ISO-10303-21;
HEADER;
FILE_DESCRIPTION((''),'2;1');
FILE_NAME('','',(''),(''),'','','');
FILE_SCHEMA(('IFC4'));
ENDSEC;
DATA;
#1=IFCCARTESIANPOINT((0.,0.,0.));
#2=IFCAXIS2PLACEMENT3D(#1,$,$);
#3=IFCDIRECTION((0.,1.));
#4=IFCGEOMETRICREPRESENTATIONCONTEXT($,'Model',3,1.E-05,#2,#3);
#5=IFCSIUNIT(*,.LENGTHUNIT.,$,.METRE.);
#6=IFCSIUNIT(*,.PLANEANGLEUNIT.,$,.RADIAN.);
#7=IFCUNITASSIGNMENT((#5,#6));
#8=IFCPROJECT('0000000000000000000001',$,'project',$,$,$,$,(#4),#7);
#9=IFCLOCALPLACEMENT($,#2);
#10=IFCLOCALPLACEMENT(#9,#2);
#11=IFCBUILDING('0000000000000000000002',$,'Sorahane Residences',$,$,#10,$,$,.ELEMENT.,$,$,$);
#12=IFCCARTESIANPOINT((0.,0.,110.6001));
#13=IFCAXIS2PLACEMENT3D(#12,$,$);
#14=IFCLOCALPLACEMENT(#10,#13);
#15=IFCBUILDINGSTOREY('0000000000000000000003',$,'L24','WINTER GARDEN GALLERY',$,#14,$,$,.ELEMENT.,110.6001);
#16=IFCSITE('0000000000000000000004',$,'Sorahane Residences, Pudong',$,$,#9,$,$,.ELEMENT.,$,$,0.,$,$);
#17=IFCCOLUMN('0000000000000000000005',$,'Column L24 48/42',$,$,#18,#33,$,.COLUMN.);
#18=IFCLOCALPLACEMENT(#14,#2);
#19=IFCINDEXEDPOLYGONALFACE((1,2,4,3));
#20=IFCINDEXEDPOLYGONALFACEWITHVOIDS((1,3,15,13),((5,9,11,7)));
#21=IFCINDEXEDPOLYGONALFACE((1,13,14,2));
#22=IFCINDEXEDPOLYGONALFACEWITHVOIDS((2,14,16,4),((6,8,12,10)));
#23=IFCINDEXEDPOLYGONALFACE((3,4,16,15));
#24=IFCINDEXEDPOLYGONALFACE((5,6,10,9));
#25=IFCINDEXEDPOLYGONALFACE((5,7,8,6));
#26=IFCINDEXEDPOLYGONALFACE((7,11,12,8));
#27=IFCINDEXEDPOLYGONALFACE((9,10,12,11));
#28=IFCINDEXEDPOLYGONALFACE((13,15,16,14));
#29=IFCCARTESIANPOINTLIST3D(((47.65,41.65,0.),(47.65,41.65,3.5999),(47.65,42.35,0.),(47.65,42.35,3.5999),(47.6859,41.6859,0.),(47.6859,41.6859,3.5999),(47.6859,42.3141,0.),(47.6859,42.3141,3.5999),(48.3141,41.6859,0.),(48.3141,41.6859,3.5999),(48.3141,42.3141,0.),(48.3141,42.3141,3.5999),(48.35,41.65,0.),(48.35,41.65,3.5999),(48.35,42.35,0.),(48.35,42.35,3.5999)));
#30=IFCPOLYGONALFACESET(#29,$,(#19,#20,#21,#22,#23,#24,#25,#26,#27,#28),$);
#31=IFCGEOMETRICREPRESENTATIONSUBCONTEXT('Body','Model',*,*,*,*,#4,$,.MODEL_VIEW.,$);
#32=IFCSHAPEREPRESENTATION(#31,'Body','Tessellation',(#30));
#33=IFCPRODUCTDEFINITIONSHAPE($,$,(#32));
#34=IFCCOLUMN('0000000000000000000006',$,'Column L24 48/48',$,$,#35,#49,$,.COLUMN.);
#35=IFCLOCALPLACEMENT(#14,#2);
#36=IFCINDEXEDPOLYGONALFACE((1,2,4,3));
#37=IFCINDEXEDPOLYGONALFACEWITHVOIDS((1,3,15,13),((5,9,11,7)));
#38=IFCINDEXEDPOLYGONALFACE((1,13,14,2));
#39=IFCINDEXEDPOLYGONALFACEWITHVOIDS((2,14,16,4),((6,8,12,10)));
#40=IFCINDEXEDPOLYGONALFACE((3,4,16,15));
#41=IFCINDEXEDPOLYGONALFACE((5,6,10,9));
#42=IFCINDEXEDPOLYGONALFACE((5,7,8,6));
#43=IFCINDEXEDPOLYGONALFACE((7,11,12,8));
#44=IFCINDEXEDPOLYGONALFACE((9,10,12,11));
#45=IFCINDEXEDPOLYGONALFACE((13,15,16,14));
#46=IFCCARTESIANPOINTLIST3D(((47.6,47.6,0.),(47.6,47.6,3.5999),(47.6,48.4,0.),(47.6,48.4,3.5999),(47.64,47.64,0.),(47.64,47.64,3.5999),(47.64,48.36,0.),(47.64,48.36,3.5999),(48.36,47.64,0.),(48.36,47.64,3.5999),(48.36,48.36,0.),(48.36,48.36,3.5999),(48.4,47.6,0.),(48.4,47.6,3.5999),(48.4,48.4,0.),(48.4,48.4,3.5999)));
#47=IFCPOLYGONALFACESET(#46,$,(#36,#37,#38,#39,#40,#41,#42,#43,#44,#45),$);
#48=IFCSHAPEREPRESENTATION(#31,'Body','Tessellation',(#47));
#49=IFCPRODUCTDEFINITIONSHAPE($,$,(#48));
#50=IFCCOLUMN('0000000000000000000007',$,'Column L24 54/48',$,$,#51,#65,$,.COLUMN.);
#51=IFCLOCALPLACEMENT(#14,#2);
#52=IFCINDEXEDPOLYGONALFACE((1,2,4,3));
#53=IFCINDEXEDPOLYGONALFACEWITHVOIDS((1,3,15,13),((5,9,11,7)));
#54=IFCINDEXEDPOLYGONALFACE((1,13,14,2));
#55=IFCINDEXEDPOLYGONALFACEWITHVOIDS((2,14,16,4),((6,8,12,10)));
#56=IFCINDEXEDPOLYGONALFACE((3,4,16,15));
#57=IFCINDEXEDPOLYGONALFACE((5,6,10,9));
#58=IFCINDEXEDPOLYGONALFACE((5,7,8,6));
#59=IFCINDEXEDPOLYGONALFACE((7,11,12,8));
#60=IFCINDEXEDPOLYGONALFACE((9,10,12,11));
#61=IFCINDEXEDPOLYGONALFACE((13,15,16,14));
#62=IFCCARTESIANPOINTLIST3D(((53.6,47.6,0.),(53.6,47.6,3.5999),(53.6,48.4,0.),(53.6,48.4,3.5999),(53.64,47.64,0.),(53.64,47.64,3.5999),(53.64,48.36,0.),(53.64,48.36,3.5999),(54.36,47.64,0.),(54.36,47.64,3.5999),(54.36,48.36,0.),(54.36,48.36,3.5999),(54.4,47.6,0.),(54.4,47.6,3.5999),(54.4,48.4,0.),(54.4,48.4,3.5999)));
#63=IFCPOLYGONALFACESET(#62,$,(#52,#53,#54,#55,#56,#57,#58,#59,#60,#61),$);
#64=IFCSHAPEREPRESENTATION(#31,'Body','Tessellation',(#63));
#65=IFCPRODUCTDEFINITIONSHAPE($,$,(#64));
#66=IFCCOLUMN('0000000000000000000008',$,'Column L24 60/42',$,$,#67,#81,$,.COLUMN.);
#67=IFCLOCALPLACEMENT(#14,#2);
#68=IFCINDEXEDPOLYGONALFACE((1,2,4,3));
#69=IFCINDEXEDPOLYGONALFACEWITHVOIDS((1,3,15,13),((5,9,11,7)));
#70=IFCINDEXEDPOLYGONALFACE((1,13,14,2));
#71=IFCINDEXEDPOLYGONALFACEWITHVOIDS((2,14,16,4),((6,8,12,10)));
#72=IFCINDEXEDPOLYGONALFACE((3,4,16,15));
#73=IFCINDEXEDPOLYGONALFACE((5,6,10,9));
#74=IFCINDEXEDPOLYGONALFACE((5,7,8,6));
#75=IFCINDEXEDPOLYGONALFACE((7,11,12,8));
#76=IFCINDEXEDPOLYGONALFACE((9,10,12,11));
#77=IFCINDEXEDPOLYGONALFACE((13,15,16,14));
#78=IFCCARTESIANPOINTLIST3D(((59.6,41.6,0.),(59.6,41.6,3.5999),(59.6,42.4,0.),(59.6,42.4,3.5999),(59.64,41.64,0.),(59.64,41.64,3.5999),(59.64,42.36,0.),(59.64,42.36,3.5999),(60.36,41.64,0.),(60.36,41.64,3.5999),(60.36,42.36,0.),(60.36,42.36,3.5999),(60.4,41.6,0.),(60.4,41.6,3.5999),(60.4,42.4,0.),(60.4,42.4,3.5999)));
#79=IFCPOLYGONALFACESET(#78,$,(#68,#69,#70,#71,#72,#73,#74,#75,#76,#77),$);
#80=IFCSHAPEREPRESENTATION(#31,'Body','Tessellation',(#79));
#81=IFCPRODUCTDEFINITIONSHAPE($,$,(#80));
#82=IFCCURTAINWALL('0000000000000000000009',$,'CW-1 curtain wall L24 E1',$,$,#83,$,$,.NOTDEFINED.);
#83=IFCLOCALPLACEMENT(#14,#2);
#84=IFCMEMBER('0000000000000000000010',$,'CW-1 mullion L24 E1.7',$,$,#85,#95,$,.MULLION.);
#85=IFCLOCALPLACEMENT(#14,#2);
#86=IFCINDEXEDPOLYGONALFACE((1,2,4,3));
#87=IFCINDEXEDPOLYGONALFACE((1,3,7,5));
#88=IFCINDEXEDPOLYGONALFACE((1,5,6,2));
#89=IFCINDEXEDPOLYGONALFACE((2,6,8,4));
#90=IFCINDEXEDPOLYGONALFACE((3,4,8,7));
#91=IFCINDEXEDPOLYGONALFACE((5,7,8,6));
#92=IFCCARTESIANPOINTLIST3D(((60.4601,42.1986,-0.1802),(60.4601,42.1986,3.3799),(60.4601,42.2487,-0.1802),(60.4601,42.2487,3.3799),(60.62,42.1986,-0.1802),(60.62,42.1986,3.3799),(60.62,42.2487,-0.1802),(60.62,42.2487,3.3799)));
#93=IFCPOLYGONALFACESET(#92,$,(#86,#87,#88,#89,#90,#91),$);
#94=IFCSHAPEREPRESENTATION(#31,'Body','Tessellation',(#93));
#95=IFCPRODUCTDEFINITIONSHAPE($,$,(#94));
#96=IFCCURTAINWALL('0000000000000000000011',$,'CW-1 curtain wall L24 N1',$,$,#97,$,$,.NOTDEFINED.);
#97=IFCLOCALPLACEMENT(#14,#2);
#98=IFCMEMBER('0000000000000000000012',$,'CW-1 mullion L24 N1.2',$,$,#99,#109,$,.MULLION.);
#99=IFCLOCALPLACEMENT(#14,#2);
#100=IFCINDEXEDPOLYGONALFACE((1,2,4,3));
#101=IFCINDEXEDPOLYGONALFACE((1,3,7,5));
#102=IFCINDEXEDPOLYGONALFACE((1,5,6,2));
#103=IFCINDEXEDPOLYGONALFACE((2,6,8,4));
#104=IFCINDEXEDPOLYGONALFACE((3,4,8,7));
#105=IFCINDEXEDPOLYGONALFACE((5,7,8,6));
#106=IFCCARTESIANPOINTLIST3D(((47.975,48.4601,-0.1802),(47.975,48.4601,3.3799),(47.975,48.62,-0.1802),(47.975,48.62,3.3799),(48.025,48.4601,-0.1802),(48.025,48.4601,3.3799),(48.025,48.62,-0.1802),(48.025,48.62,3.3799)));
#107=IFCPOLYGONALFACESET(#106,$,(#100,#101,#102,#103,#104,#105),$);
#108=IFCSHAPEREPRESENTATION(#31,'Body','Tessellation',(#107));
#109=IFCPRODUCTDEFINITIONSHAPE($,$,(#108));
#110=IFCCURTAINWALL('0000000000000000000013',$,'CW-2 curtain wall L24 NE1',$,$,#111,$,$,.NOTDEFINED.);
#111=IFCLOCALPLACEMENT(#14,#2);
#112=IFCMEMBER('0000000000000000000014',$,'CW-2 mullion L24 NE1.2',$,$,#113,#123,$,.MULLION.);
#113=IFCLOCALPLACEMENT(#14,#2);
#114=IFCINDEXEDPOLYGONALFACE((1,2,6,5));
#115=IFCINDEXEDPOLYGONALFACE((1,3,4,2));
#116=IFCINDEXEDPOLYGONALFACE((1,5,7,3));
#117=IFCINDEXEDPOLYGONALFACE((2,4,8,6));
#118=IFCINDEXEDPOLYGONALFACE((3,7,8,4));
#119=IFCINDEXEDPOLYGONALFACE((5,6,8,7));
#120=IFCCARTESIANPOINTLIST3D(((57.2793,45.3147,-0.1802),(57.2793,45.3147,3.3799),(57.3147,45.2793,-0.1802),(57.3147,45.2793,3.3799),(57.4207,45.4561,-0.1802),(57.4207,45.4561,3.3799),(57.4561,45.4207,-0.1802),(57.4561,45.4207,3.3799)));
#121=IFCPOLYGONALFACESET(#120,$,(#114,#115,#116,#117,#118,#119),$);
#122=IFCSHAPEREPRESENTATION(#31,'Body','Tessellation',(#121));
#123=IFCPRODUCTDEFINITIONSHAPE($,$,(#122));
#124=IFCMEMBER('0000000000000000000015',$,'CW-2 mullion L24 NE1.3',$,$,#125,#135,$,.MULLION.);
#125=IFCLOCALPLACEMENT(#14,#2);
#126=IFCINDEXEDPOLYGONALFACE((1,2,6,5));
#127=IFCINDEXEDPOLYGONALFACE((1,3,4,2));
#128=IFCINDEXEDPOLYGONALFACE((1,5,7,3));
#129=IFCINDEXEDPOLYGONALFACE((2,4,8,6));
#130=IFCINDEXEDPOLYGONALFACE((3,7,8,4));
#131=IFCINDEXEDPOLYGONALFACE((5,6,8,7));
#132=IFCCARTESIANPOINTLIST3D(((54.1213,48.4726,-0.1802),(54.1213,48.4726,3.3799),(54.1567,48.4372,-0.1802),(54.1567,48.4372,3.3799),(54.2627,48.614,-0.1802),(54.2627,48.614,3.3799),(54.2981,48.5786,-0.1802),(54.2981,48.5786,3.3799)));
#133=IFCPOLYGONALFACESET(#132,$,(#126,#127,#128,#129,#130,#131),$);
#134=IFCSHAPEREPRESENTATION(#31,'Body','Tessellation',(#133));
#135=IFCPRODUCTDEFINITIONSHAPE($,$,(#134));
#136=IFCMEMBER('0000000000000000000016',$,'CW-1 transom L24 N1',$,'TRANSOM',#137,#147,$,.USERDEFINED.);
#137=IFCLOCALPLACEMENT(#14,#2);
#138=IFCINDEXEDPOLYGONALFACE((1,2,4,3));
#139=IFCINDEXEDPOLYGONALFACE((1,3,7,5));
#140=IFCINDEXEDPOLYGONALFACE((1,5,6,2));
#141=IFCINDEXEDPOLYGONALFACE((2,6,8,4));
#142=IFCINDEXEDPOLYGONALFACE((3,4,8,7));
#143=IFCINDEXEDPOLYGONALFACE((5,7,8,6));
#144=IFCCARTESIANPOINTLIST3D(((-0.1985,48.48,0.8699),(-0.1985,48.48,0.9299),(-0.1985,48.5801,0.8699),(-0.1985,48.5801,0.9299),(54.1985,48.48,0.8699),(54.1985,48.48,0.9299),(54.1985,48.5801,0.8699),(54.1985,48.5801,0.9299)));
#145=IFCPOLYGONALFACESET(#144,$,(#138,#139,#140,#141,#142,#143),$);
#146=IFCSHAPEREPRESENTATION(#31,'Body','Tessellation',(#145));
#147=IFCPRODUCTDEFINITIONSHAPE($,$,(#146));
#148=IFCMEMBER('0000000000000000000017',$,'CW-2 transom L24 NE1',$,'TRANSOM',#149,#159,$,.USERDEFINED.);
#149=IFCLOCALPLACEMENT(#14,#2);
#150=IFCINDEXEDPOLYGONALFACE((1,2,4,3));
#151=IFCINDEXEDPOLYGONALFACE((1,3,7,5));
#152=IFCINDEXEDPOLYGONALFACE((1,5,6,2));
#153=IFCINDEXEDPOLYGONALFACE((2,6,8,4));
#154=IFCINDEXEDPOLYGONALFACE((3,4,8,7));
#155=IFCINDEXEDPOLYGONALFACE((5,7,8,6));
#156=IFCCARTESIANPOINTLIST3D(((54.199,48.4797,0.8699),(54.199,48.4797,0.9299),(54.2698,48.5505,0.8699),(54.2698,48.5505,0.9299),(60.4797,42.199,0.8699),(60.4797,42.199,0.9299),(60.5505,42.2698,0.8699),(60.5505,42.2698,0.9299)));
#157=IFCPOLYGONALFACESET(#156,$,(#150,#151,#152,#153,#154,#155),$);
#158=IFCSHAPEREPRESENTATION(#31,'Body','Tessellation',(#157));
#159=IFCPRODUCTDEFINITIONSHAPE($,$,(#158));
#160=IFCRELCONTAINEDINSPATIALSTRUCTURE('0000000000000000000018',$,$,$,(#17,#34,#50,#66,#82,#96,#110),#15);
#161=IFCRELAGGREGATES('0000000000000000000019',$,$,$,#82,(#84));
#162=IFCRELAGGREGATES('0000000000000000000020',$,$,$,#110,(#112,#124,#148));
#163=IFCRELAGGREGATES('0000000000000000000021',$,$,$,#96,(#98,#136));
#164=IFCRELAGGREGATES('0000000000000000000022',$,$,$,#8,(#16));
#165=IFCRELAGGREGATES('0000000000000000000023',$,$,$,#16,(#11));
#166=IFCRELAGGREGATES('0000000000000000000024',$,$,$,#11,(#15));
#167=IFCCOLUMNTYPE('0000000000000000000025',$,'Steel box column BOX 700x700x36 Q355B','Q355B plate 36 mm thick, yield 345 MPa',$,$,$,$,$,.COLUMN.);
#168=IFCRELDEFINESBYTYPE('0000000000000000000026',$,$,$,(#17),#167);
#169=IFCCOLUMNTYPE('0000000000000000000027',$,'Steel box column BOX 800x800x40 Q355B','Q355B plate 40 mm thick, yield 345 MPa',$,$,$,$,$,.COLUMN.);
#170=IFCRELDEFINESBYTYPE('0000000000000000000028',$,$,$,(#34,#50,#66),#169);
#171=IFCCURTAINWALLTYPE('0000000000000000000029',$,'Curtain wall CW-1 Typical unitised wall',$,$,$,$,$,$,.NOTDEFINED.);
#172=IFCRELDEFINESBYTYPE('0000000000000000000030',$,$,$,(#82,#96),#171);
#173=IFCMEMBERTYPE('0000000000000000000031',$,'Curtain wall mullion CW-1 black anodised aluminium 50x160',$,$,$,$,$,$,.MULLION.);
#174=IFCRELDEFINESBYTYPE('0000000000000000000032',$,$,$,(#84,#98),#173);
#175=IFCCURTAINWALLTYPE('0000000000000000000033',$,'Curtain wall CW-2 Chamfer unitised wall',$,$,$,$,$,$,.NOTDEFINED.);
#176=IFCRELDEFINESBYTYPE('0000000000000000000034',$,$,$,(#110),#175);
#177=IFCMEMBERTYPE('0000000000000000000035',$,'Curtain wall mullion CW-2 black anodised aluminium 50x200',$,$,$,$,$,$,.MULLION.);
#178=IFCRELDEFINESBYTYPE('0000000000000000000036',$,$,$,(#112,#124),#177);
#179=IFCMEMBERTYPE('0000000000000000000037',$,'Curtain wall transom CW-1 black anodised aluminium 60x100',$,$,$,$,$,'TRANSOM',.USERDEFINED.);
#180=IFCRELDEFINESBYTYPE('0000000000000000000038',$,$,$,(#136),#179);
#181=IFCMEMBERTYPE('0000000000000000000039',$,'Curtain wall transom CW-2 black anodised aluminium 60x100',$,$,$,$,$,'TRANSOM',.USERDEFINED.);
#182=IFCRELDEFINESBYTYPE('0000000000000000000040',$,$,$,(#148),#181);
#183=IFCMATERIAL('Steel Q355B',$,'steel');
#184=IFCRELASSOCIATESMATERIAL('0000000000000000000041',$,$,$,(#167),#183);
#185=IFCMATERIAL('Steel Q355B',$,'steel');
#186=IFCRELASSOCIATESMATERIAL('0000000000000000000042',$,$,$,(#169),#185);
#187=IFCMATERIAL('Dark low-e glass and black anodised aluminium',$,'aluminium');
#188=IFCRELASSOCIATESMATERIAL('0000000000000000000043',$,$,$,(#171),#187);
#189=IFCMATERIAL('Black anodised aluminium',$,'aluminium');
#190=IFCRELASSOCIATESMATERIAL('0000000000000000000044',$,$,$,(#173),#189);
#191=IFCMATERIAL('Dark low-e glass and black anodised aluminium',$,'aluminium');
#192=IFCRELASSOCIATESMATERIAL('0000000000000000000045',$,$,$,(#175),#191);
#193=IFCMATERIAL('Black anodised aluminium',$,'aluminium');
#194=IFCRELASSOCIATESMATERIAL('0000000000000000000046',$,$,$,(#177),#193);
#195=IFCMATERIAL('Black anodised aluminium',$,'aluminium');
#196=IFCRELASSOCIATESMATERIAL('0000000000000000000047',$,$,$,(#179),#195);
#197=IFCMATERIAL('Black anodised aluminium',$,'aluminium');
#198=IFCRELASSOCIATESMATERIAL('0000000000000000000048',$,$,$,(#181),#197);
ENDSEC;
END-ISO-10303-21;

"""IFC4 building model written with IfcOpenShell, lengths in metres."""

from ifc_helpers import new_model, si_unit, direction, frame, origin, origin_2d, place, context, subcontext, project, spatial, rectangle, hollow_rectangle, extrude, material, material_profile, profile_set, type_object, element, aggregate, save


model = new_model("IFC4")

# Units and contexts
model_context = context("Model", 3, precision=1e-05, world=origin(), true_north=direction((0.0, 1.0)))
body_context = subcontext(model_context, "Body", "Model", "MODEL_VIEW")
ifc_project = project(units=[si_unit("LENGTHUNIT", "METRE"), si_unit("PLANEANGLEUNIT", "RADIAN")], contexts=[model_context])

# Site, building, storey
site_placement = place(None, origin())
site = spatial("IfcSite", under=ifc_project, at=site_placement, Name="Sorahane Residences, Pudong", CompositionType="ELEMENT", RefElevation=0.0)
building_placement = place(site_placement, origin())
building = spatial("IfcBuilding", under=site, at=building_placement, Name="Sorahane Residences", CompositionType="ELEMENT")
storey_placement = place(building_placement, frame((0.0, 0.0, 110.6001)))
storey = spatial("IfcBuildingStorey", under=building, at=storey_placement, Name="L24", Description="WINTER GARDEN GALLERY", CompositionType="ELEMENT", Elevation=110.6001)

# Columns
ifc_material_1 = material(Name="Steel Q355B", Category="steel")
ifc_material_profile_1 = material_profile(ifc_material_1, hollow_rectangle(XDim=0.7, YDim=0.7, WallThickness=0.0359, at=origin_2d()), Name="BOX 700x700x36")
ifc_profile_set_1 = profile_set([ifc_material_profile_1], Name="Steel Q355B")
column_type_1 = type_object("IfcColumnType", Name="Steel box column BOX 700x700x36 Q355B", Description="Q355B plate 36 mm thick, yield 345 MPa", PredefinedType="COLUMN", material=ifc_profile_set_1)
column_placement = place(storey_placement, frame((48.0, 42.0, 0.0), z_axis=(0.0, 0.0, 1.0), x_axis=(1.0, 0.0, 0.0)))
element("IfcColumn", 1, at=column_placement, inside=storey, type_object=column_type_1, Name="Column L24 48/42", PredefinedType="COLUMN", context=body_context, shape_type="SweptSolid", body=[
    extrude(hollow_rectangle(XDim=0.7, YDim=0.7, WallThickness=0.0359, at=origin_2d()), origin(), (0.0, 0.0, 1.0), 3.5999),
])
ifc_material_2 = material(Name="Steel Q355B", Category="steel")
ifc_material_profile_2 = material_profile(ifc_material_2, hollow_rectangle(XDim=0.8, YDim=0.8, WallThickness=0.04, at=origin_2d()), Name="BOX 800x800x40")
ifc_profile_set_2 = profile_set([ifc_material_profile_2], Name="Steel Q355B")
column_type_2 = type_object("IfcColumnType", Name="Steel box column BOX 800x800x40 Q355B", Description="Q355B plate 40 mm thick, yield 345 MPa", PredefinedType="COLUMN", material=ifc_profile_set_2)
for number, where, z_axis, x_axis, name in (
    (2, (48.0, 48.0, 0.0), (0.0, 0.0, 1.0), (1.0, 0.0, 0.0), "Column L24 48/48"),
    (3, (54.0, 48.0, 0.0), (0.0, 0.0, 1.0), (1.0, 0.0, 0.0), "Column L24 54/48"),
    (4, (60.0, 42.0, 0.0), (0.0, 0.0, 1.0), (1.0, 0.0, 0.0), "Column L24 60/42"),
):
    element("IfcColumn", number, at=place(storey_placement, frame(where, z_axis=z_axis, x_axis=x_axis)), inside=storey, type_object=column_type_2, Name=name, PredefinedType="COLUMN", context=body_context, shape_type="SweptSolid", body=[
        extrude(hollow_rectangle(XDim=0.8, YDim=0.8, WallThickness=0.04, at=origin_2d()), origin(), (0.0, 0.0, 1.0), 3.5999),
    ])

# Curtain walls, members
ifc_material_3 = material(Name="Dark low-e glass and black anodised aluminium", Category="aluminium")
curtain_wall_type_1 = type_object("IfcCurtainWallType", Name="Curtain wall CW-1 Typical unitised wall", PredefinedType="NOTDEFINED", material=ifc_material_3)
curtain_wall_1_placement = place(storey_placement, origin())
curtain_wall_1 = element("IfcCurtainWall", 5, at=curtain_wall_1_placement, inside=storey, type_object=curtain_wall_type_1, Name="CW-1 curtain wall L24 E1", PredefinedType="NOTDEFINED")
ifc_material_4 = material(Name="Black anodised aluminium", Category="aluminium")
ifc_material_profile_3 = material_profile(ifc_material_4, rectangle(XDim=0.1599, YDim=0.05, at=origin_2d()), Name="Curtain wall mullion CW-1 black anodised aluminium 50x160")
ifc_profile_set_3 = profile_set([ifc_material_profile_3], Name="Black anodised aluminium")
member_type_1 = type_object("IfcMemberType", Name="Curtain wall mullion CW-1 black anodised aluminium 50x160", PredefinedType="MULLION", material=ifc_profile_set_3)
member_1_placement = place(storey_placement, frame((60.54, 42.2236, -0.1802), z_axis=(0.0, 0.0, 1.0), x_axis=(1.0, 0.0, 0.0)))
member_1 = element("IfcMember", 6, at=member_1_placement, type_object=member_type_1, Name="CW-1 mullion L24 E1.7", PredefinedType="MULLION", context=body_context, shape_type="SweptSolid", body=[
    extrude(rectangle(XDim=0.1599, YDim=0.05, at=origin_2d()), origin(), (0.0, 0.0, 1.0), 3.5601),
])
curtain_wall_2_placement = place(storey_placement, origin())
curtain_wall_2 = element("IfcCurtainWall", 7, at=curtain_wall_2_placement, inside=storey, type_object=curtain_wall_type_1, Name="CW-1 curtain wall L24 N1", PredefinedType="NOTDEFINED")
member_2_placement = place(storey_placement, frame((48.0, 48.54, -0.1802), z_axis=(0.0, 0.0, 1.0), x_axis=(0.0, 1.0, 0.0)))
member_2 = element("IfcMember", 8, at=member_2_placement, type_object=member_type_1, Name="CW-1 mullion L24 N1.2", PredefinedType="MULLION", context=body_context, shape_type="SweptSolid", body=[
    extrude(rectangle(XDim=0.1599, YDim=0.05, at=origin_2d()), origin(), (0.0, 0.0, 1.0), 3.5601),
])

# Curtain wall, members
ifc_material_5 = material(Name="Dark low-e glass and black anodised aluminium", Category="aluminium")
curtain_wall_type_2 = type_object("IfcCurtainWallType", Name="Curtain wall CW-2 Chamfer unitised wall", PredefinedType="NOTDEFINED", material=ifc_material_5)
curtain_wall_3_placement = place(storey_placement, origin())
curtain_wall_3 = element("IfcCurtainWall", 9, at=curtain_wall_3_placement, inside=storey, type_object=curtain_wall_type_2, Name="CW-2 curtain wall L24 NE1", PredefinedType="NOTDEFINED")
ifc_material_6 = material(Name="Black anodised aluminium", Category="aluminium")
ifc_material_profile_4 = material_profile(ifc_material_6, rectangle(XDim=0.2, YDim=0.05, at=origin_2d()), Name="Curtain wall mullion CW-2 black anodised aluminium 50x200")
ifc_profile_set_4 = profile_set([ifc_material_profile_4], Name="Black anodised aluminium")
member_type_2 = type_object("IfcMemberType", Name="Curtain wall mullion CW-2 black anodised aluminium 50x200", PredefinedType="MULLION", material=ifc_profile_set_4)
member_3_placement = place(storey_placement, frame((57.3677, 45.3677, -0.1802), z_axis=(0.0, 0.0, 1.0), x_axis=(0.707107, 0.707107, 0.0)))
member_3 = element("IfcMember", 10, at=member_3_placement, type_object=member_type_2, Name="CW-2 mullion L24 NE1.2", PredefinedType="MULLION", context=body_context, shape_type="SweptSolid", body=[
    extrude(rectangle(XDim=0.2, YDim=0.05, at=origin_2d()), origin(), (0.0, 0.0, 1.0), 3.5601),
])
member_4_placement = place(storey_placement, frame((54.2097, 48.5256, -0.1802), z_axis=(0.0, 0.0, 1.0), x_axis=(0.707107, 0.707107, 0.0)))
member_4 = element("IfcMember", 11, at=member_4_placement, type_object=member_type_2, Name="CW-2 mullion L24 NE1.3", PredefinedType="MULLION", context=body_context, shape_type="SweptSolid", body=[
    extrude(rectangle(XDim=0.2, YDim=0.05, at=origin_2d()), origin(), (0.0, 0.0, 1.0), 3.5601),
])

# Members
ifc_material_7 = material(Name="Black anodised aluminium", Category="aluminium")
ifc_material_profile_5 = material_profile(ifc_material_7, rectangle(XDim=0.1001, YDim=0.0601, at=origin_2d()), Name="Curtain wall transom CW-1 black anodised aluminium 60x100")
ifc_profile_set_5 = profile_set([ifc_material_profile_5], Name="Black anodised aluminium")
member_type_3 = type_object("IfcMemberType", Name="Curtain wall transom CW-1 black anodised aluminium 60x100", ElementType="TRANSOM", PredefinedType="USERDEFINED", material=ifc_profile_set_5)
member_5_placement = place(storey_placement, frame((54.1985, 48.53, 0.8999), z_axis=(-1.0, 0.0, 0.0), x_axis=(0.0, -1.0, 0.0)))
member_5 = element("IfcMember", 12, at=member_5_placement, type_object=member_type_3, Name="CW-1 transom L24 N1", ObjectType="TRANSOM", PredefinedType="USERDEFINED", context=body_context, shape_type="SweptSolid", body=[
    extrude(rectangle(XDim=0.1001, YDim=0.0601, at=origin_2d()), origin(), (0.0, 0.0, 1.0), 54.397),
])
ifc_material_8 = material(Name="Black anodised aluminium", Category="aluminium")
ifc_material_profile_6 = material_profile(ifc_material_8, rectangle(XDim=0.1001, YDim=0.0601, at=origin_2d()), Name="Curtain wall transom CW-2 black anodised aluminium 60x100")
ifc_profile_set_6 = profile_set([ifc_material_profile_6], Name="Black anodised aluminium")
member_type_4 = type_object("IfcMemberType", Name="Curtain wall transom CW-2 black anodised aluminium 60x100", ElementType="TRANSOM", PredefinedType="USERDEFINED", material=ifc_profile_set_6)
member_6_placement = place(storey_placement, frame((60.5151, 42.2344, 0.8999), z_axis=(-0.707107, 0.707107, 0.0), x_axis=(-0.707107, -0.707107, 0.0)))
member_6 = element("IfcMember", 13, at=member_6_placement, type_object=member_type_4, Name="CW-2 transom L24 NE1", ObjectType="TRANSOM", PredefinedType="USERDEFINED", context=body_context, shape_type="SweptSolid", body=[
    extrude(rectangle(XDim=0.1001, YDim=0.0601, at=origin_2d()), origin(), (0.0, 0.0, 1.0), 8.8823),
])

aggregate(curtain_wall_1, [member_1])
aggregate(curtain_wall_3, [member_3, member_4, member_6])
aggregate(curtain_wall_2, [member_2, member_5])

save(model, "model.ifc")
